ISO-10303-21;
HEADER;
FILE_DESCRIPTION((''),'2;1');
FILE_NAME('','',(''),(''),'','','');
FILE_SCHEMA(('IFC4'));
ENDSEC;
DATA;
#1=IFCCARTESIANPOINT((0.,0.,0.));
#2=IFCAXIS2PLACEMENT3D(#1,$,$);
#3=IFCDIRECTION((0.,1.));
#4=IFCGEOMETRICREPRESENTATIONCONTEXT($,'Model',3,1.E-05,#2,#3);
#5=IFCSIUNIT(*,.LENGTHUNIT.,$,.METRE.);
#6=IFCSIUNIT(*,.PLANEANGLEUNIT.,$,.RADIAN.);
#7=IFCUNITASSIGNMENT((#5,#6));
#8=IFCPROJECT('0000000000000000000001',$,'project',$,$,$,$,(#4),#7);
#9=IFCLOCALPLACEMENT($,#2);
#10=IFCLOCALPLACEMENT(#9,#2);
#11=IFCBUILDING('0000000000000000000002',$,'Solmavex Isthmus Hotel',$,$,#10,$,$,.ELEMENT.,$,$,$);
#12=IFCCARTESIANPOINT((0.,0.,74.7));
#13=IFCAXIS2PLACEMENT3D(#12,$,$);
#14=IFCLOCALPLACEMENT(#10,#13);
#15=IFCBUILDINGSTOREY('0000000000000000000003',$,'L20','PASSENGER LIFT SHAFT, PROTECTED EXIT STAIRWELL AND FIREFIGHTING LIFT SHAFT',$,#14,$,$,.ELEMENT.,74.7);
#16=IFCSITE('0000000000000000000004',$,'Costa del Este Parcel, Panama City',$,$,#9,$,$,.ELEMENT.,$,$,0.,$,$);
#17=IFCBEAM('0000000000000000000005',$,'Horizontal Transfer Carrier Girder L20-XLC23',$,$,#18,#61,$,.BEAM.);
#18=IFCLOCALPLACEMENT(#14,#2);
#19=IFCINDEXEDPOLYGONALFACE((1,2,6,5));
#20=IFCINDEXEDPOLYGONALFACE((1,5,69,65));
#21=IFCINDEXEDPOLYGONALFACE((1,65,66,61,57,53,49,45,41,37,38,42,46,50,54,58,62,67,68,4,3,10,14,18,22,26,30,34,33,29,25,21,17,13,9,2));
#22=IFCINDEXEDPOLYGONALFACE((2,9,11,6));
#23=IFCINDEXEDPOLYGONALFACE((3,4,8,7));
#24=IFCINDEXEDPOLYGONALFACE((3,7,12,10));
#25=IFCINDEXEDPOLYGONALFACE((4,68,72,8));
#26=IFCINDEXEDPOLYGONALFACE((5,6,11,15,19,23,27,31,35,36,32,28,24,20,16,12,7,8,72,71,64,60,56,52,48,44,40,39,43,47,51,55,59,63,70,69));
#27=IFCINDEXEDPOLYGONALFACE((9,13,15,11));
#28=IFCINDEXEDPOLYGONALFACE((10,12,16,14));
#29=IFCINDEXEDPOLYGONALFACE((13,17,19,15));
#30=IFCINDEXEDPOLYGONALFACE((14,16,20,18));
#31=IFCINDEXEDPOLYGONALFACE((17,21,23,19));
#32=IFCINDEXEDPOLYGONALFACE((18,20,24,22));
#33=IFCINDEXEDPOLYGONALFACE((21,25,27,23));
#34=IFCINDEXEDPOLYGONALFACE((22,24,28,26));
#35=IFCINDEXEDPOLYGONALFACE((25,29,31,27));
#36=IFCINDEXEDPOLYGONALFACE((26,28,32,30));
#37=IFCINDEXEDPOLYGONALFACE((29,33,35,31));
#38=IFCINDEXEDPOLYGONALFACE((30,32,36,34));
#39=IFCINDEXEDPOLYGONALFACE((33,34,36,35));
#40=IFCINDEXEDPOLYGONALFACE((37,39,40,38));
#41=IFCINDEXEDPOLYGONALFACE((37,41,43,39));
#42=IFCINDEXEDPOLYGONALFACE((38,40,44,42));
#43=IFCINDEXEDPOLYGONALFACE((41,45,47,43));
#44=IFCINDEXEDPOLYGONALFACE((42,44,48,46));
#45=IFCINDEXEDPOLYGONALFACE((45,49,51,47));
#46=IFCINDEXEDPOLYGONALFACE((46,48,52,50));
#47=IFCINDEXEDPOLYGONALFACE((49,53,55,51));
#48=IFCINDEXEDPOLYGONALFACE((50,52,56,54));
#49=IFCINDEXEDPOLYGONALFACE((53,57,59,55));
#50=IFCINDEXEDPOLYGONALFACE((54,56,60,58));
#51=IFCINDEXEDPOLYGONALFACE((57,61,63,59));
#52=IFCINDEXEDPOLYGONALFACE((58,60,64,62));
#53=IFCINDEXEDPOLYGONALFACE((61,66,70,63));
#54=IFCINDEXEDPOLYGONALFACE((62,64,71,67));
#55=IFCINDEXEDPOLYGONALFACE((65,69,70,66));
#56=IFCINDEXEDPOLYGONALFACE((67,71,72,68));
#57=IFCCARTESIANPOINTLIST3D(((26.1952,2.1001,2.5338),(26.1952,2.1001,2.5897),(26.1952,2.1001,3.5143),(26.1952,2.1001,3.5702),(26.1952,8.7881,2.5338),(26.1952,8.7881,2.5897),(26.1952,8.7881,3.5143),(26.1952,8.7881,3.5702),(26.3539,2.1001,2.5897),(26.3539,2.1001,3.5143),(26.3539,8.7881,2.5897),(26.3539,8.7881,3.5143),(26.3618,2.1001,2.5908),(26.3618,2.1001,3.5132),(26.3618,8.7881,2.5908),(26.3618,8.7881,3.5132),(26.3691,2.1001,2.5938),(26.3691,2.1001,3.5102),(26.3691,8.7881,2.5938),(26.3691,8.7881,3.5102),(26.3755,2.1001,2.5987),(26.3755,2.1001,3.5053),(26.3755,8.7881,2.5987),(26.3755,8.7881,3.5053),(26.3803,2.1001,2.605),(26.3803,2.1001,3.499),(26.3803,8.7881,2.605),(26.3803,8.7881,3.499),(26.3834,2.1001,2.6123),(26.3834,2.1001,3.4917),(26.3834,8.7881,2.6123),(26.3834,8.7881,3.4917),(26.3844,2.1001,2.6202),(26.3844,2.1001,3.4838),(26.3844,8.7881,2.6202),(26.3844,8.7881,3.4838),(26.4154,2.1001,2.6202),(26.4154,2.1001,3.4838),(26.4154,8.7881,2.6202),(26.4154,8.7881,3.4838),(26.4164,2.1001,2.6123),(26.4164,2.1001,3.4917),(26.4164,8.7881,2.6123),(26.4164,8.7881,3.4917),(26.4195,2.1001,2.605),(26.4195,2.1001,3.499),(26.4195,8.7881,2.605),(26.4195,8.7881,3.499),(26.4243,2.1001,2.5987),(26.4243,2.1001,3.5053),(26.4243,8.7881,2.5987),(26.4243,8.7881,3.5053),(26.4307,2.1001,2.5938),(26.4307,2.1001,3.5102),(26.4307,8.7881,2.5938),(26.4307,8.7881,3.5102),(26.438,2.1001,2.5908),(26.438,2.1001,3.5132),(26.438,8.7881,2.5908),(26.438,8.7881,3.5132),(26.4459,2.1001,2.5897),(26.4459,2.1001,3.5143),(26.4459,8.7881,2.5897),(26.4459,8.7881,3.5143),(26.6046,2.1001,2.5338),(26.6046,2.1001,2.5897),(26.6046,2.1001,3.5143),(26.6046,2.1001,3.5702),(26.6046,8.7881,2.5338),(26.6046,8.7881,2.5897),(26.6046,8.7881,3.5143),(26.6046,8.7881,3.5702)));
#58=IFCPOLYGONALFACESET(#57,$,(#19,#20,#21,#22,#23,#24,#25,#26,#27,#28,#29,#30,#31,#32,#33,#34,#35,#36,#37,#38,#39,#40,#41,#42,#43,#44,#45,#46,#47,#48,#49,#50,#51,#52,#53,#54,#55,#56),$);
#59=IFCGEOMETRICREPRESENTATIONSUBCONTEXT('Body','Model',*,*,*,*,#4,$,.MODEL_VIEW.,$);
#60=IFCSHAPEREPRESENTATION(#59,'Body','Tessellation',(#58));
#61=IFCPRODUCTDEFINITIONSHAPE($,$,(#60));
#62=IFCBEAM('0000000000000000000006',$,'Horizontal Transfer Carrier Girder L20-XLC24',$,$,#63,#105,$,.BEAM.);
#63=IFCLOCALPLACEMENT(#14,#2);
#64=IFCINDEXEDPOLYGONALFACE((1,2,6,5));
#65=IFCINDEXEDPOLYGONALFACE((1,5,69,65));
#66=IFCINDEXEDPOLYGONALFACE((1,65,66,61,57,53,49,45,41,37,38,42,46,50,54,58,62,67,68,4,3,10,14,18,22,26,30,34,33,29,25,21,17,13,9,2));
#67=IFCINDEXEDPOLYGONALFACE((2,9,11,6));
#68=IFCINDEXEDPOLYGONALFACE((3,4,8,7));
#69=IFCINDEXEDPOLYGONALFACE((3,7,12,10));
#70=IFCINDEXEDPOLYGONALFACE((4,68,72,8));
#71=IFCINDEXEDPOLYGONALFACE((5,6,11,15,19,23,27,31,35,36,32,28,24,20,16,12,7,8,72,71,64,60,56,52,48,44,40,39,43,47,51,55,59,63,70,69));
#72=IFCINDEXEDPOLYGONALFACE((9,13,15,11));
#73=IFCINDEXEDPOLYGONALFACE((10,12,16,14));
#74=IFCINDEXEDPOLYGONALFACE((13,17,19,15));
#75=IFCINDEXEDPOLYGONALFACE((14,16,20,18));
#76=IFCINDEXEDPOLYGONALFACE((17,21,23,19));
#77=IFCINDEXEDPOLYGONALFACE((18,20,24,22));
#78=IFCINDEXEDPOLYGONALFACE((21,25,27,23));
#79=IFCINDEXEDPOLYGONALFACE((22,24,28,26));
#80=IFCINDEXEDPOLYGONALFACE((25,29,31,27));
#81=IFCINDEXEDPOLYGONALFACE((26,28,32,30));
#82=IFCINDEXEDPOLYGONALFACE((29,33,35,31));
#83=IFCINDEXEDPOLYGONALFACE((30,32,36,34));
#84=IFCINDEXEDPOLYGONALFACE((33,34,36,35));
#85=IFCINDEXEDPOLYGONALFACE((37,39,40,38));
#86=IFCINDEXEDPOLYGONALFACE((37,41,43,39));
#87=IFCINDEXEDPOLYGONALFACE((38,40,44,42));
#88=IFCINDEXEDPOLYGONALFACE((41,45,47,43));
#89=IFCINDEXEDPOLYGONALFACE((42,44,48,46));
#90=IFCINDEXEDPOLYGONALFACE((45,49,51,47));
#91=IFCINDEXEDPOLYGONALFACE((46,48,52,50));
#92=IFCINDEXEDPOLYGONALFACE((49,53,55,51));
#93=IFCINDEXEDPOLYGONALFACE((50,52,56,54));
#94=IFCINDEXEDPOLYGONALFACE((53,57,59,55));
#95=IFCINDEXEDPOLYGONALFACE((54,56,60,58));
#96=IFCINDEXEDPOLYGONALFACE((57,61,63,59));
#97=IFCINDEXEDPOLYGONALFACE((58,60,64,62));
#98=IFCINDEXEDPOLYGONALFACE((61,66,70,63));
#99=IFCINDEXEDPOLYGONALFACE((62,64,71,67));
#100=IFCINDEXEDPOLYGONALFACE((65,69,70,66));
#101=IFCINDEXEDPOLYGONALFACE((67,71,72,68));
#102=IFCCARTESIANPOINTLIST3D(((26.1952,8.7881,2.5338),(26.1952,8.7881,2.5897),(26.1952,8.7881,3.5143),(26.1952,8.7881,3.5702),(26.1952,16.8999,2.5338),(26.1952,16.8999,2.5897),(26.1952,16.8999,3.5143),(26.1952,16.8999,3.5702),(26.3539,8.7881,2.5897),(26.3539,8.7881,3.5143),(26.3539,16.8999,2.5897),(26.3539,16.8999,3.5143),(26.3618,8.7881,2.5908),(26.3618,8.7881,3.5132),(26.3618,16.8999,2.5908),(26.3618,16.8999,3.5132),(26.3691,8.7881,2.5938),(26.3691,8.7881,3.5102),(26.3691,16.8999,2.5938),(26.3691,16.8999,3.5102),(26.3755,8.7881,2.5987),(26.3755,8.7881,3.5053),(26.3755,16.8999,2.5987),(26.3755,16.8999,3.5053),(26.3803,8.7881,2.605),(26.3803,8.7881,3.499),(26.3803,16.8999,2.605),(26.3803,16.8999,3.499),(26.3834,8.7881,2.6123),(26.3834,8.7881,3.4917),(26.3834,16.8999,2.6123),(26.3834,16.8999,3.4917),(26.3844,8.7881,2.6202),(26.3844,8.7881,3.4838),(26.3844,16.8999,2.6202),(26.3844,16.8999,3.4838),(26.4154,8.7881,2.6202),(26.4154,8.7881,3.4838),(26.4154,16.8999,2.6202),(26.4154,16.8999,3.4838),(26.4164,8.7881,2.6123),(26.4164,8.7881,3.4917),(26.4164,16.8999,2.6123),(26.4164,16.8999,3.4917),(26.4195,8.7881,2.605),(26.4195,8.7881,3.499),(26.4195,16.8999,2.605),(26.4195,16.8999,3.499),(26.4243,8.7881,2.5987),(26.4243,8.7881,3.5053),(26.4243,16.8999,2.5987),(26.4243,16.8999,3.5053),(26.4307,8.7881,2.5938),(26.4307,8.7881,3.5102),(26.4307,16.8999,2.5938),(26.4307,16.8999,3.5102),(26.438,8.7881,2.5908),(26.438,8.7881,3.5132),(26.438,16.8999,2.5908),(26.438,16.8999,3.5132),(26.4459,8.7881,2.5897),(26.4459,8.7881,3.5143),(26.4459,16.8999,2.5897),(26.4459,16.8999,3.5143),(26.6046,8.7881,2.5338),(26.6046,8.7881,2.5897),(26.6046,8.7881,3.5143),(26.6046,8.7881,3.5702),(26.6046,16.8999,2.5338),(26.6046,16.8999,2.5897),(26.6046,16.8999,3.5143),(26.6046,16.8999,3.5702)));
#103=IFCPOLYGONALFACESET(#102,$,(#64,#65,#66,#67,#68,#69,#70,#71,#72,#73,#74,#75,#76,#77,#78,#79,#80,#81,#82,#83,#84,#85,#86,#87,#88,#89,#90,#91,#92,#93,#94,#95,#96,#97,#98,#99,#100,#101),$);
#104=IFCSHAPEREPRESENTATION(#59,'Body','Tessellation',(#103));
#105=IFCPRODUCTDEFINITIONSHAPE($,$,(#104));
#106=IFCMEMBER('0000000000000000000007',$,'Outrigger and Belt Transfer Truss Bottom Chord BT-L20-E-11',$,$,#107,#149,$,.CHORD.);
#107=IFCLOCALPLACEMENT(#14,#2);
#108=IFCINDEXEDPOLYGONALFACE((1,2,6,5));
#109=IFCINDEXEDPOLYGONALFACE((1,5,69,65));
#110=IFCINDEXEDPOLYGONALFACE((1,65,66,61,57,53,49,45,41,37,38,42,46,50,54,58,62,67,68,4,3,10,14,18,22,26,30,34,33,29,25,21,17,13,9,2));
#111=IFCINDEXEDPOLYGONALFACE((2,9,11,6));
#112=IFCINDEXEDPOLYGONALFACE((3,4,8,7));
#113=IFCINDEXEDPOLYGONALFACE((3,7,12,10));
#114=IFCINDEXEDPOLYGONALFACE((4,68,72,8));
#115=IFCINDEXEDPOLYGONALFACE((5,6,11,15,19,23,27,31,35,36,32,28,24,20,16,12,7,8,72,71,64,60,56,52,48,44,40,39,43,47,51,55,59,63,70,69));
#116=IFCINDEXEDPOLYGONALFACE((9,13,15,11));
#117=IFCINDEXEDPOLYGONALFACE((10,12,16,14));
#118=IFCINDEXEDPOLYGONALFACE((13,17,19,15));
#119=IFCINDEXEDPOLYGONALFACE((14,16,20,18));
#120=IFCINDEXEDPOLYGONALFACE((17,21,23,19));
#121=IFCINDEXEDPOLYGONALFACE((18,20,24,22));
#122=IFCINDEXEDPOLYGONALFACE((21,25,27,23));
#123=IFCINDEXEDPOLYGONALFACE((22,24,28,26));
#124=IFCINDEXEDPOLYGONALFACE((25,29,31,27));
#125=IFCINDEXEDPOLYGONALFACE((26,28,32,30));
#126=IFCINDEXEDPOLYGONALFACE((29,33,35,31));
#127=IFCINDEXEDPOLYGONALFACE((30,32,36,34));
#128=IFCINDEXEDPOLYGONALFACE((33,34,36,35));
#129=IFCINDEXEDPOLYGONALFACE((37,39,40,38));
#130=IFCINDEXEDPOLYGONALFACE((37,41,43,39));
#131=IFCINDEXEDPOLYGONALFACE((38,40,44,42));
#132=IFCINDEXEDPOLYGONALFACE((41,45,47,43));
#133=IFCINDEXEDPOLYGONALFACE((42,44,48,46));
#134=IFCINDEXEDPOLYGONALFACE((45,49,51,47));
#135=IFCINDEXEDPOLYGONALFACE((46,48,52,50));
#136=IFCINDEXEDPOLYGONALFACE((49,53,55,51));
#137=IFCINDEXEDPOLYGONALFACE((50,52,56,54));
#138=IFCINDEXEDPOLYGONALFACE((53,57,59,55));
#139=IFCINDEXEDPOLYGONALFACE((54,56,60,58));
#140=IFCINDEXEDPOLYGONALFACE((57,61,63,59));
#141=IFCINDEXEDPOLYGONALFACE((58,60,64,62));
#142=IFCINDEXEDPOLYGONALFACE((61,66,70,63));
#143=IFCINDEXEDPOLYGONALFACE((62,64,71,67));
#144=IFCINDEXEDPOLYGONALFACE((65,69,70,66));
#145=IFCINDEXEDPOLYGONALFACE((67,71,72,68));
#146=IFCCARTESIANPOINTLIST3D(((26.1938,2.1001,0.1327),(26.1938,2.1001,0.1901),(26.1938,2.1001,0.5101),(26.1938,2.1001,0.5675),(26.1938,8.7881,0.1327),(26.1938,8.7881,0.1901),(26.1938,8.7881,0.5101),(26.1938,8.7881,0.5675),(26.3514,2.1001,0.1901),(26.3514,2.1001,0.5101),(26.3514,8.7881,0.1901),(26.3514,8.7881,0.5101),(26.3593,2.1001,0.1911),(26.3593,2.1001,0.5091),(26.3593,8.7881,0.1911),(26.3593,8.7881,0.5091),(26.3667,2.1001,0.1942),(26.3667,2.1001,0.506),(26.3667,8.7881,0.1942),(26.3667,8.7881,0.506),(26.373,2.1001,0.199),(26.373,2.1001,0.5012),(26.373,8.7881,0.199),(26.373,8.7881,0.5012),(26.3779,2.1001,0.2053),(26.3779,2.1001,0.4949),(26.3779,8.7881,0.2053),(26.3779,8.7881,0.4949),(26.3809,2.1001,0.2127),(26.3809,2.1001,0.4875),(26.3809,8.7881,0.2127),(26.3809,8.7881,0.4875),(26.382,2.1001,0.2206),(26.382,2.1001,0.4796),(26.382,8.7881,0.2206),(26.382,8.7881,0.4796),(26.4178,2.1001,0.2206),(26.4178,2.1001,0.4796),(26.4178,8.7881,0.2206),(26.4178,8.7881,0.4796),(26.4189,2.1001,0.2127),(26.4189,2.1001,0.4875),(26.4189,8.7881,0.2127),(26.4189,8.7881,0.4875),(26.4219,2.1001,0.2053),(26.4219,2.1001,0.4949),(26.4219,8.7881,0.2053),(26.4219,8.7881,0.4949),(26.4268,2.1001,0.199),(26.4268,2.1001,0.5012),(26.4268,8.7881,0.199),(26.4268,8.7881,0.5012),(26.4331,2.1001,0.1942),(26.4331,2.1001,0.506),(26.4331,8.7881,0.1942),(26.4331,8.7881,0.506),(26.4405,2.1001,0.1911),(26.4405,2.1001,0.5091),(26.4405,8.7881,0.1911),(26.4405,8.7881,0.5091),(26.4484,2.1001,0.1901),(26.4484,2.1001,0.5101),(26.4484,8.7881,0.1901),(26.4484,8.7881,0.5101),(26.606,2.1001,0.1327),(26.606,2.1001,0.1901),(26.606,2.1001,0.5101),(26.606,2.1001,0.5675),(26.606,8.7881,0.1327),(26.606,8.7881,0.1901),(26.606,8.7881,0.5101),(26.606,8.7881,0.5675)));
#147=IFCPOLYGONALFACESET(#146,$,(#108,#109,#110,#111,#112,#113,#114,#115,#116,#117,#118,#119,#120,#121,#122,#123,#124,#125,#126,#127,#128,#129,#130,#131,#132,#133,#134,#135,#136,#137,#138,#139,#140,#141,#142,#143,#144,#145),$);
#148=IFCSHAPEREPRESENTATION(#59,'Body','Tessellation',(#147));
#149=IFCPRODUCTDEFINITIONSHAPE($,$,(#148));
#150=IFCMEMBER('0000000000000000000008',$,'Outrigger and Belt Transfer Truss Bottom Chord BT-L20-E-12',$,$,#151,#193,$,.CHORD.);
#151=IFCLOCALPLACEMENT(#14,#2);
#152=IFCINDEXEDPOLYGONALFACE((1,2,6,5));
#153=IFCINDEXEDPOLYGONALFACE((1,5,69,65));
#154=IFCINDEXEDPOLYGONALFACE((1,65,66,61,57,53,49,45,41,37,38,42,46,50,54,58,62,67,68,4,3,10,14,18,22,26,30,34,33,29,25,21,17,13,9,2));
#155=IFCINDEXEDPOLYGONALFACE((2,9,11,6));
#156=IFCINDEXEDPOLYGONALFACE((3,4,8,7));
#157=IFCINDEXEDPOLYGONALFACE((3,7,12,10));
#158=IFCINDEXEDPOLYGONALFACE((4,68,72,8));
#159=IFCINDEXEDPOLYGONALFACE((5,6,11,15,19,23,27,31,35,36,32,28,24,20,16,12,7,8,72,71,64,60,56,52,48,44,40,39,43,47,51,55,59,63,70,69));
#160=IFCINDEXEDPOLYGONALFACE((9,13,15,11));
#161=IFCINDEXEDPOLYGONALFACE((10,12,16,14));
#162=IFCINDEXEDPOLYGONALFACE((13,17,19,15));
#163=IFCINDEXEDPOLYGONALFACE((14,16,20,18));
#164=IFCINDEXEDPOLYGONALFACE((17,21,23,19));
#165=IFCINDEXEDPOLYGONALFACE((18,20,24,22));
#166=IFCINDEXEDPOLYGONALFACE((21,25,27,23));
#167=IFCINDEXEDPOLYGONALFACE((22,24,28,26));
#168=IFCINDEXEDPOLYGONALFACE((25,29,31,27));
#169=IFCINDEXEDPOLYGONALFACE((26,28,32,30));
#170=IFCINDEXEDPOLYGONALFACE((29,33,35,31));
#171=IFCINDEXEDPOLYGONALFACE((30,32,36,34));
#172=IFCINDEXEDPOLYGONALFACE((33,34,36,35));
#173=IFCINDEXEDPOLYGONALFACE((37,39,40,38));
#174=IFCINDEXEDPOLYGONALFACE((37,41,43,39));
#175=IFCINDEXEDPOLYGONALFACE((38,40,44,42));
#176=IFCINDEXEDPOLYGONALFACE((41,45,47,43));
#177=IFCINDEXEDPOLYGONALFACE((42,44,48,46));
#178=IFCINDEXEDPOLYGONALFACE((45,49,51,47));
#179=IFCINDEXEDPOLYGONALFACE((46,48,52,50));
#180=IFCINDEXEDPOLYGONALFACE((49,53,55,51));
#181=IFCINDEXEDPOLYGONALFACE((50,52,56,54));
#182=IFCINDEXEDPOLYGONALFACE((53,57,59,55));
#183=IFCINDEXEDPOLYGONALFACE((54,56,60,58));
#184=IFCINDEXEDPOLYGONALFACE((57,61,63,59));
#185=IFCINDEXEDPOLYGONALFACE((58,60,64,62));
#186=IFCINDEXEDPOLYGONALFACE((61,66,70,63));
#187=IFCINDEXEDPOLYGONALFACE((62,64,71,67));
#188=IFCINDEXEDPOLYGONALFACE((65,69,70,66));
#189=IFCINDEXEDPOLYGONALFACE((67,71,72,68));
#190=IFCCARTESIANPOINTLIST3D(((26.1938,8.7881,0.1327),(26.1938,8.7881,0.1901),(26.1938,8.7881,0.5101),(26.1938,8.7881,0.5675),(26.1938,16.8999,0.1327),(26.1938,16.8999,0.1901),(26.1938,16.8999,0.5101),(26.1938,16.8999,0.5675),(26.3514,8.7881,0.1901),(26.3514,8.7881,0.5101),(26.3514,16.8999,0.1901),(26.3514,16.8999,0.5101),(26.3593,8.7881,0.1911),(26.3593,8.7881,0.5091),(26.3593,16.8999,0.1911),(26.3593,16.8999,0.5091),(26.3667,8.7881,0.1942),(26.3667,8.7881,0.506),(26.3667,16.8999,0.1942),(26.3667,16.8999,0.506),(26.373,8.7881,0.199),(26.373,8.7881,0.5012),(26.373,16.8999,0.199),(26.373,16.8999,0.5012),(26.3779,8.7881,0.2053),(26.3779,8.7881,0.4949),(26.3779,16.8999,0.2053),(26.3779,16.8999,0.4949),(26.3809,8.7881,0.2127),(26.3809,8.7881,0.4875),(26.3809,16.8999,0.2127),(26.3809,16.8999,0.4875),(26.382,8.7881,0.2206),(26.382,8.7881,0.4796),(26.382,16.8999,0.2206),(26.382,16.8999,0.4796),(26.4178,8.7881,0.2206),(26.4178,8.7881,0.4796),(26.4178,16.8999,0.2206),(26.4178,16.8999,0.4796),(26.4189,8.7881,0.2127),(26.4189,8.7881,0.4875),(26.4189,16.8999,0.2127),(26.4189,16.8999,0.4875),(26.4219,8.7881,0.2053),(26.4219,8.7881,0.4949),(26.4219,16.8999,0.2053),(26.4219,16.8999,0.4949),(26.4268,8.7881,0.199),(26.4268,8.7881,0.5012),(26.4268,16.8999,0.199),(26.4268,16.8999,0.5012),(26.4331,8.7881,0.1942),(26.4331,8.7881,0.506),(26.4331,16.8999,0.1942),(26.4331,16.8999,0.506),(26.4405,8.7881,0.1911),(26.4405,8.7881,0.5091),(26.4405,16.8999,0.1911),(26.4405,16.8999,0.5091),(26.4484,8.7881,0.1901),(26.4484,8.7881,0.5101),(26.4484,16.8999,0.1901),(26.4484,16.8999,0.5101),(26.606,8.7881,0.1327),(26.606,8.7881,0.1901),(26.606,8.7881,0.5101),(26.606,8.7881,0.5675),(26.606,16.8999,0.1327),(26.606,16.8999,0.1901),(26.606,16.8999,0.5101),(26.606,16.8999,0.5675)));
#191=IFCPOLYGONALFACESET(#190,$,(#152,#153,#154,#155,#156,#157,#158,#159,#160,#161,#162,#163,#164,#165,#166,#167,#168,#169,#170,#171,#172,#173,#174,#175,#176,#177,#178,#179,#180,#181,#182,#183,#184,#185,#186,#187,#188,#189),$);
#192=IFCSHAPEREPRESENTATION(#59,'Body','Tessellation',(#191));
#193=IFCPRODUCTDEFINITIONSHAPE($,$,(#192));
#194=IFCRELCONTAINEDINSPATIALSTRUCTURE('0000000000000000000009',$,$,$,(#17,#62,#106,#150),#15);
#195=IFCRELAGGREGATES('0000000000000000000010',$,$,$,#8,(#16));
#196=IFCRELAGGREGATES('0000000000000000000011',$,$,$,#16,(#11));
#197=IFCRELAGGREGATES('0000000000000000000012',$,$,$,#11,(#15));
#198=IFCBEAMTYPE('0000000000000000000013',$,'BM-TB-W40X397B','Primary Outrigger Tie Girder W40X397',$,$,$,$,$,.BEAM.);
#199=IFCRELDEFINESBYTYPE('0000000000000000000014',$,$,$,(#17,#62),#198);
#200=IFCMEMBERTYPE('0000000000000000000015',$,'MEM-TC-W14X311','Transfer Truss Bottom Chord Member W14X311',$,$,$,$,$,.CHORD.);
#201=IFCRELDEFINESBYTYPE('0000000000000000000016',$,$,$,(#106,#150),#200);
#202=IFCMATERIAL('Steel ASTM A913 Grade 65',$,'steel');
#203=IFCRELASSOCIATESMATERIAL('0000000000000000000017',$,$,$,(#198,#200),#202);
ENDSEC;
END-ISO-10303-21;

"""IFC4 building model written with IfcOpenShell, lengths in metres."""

from ifc_helpers import new_model, si_unit, direction, frame, origin, origin_2d, place, context, subcontext, project, spatial, i_section, extrude, material, material_profile, profile_set, type_object, element, save


model = new_model("IFC4")

# Units and contexts
model_context = context("Model", 3, precision=1e-05, world=origin(), true_north=direction((0.0, 1.0)))
body_context = subcontext(model_context, "Body", "Model", "MODEL_VIEW")
ifc_project = project(units=[si_unit("LENGTHUNIT", "METRE"), si_unit("PLANEANGLEUNIT", "RADIAN")], contexts=[model_context])

# Site, building, storey
site_placement = place(None, origin())
site = spatial("IfcSite", under=ifc_project, at=site_placement, Name="Costa del Este Parcel, Panama City", CompositionType="ELEMENT", RefElevation=0.0)
building_placement = place(site_placement, origin())
building = spatial("IfcBuilding", under=site, at=building_placement, Name="Solmavex Isthmus Hotel", CompositionType="ELEMENT")
storey_placement = place(building_placement, frame((0.0, 0.0, 74.7)))
storey = spatial("IfcBuildingStorey", under=building, at=storey_placement, Name="L20", Description="PASSENGER LIFT SHAFT, PROTECTED EXIT STAIRWELL AND FIREFIGHTING LIFT SHAFT", CompositionType="ELEMENT", Elevation=74.7)

# Shared definitions
ifc_material_1 = material(Name="Steel ASTM A913 Grade 65", Category="steel")

# Beams
ifc_material_profile_1 = material_profile(ifc_material_1, i_section(OverallWidth=0.4094, OverallDepth=1.0364, WebThickness=0.031, FlangeThickness=0.0559, FilletRadius=0.0305, at=origin_2d()), Name="W40X397")
ifc_profile_set_1 = profile_set([ifc_material_profile_1], Name="Steel ASTM A913 Grade 65")
beam_type_1 = type_object("IfcBeamType", Name="BM-TB-W40X397B", Description="Primary Outrigger Tie Girder W40X397", PredefinedType="BEAM", material=ifc_profile_set_1)
beam_1_placement = place(storey_placement, frame((26.3999, 2.1001, 3.052), z_axis=(0.0, 1.0, 0.0), x_axis=(-1.0, 0.0, 0.0)))
element("IfcBeam", 1, at=beam_1_placement, inside=storey, type_object=beam_type_1, Name="Horizontal Transfer Carrier Girder L20-XLC23", PredefinedType="BEAM", context=body_context, shape_type="SweptSolid", body=[
    extrude(i_section(OverallWidth=0.4094, OverallDepth=1.0364, WebThickness=0.031, FlangeThickness=0.0559, FilletRadius=0.0305, at=origin_2d()), origin(), (0.0, 0.0, 1.0), 6.688),
])
beam_2_placement = place(storey_placement, frame((26.3999, 8.7881, 3.052), z_axis=(0.0, 1.0, 0.0), x_axis=(-1.0, 0.0, 0.0)))
element("IfcBeam", 2, at=beam_2_placement, inside=storey, type_object=beam_type_1, Name="Horizontal Transfer Carrier Girder L20-XLC24", PredefinedType="BEAM", context=body_context, shape_type="SweptSolid", body=[
    extrude(i_section(OverallWidth=0.4094, OverallDepth=1.0364, WebThickness=0.031, FlangeThickness=0.0559, FilletRadius=0.0305, at=origin_2d()), origin(), (0.0, 0.0, 1.0), 8.1118),
])

# Members
ifc_material_profile_2 = material_profile(ifc_material_1, i_section(OverallWidth=0.4121, OverallDepth=0.4348, WebThickness=0.0359, FlangeThickness=0.0574, FilletRadius=0.0305, at=origin_2d()), Name="W14X311")
ifc_profile_set_2 = profile_set([ifc_material_profile_2], Name="Steel ASTM A913 Grade 65")
member_type_1 = type_object("IfcMemberType", Name="MEM-TC-W14X311", Description="Transfer Truss Bottom Chord Member W14X311", PredefinedType="CHORD", material=ifc_profile_set_2)
member_1_placement = place(storey_placement, frame((26.3999, 2.1001, 0.3501), z_axis=(0.0, 1.0, 0.0), x_axis=(-1.0, 0.0, 0.0)))
element("IfcMember", 3, at=member_1_placement, inside=storey, type_object=member_type_1, Name="Outrigger and Belt Transfer Truss Bottom Chord BT-L20-E-11", PredefinedType="CHORD", context=body_context, shape_type="SweptSolid", body=[
    extrude(i_section(OverallWidth=0.4121, OverallDepth=0.4348, WebThickness=0.0359, FlangeThickness=0.0574, FilletRadius=0.0305, at=origin_2d()), origin(), (0.0, 0.0, 1.0), 6.688),
])
member_2_placement = place(storey_placement, frame((26.3999, 8.7881, 0.3501), z_axis=(0.0, 1.0, 0.0), x_axis=(-1.0, 0.0, 0.0)))
element("IfcMember", 4, at=member_2_placement, inside=storey, type_object=member_type_1, Name="Outrigger and Belt Transfer Truss Bottom Chord BT-L20-E-12", PredefinedType="CHORD", context=body_context, shape_type="SweptSolid", body=[
    extrude(i_section(OverallWidth=0.4121, OverallDepth=0.4348, WebThickness=0.0359, FlangeThickness=0.0574, FilletRadius=0.0305, at=origin_2d()), origin(), (0.0, 0.0, 1.0), 8.1118),
])

save(model, "model.ifc")
